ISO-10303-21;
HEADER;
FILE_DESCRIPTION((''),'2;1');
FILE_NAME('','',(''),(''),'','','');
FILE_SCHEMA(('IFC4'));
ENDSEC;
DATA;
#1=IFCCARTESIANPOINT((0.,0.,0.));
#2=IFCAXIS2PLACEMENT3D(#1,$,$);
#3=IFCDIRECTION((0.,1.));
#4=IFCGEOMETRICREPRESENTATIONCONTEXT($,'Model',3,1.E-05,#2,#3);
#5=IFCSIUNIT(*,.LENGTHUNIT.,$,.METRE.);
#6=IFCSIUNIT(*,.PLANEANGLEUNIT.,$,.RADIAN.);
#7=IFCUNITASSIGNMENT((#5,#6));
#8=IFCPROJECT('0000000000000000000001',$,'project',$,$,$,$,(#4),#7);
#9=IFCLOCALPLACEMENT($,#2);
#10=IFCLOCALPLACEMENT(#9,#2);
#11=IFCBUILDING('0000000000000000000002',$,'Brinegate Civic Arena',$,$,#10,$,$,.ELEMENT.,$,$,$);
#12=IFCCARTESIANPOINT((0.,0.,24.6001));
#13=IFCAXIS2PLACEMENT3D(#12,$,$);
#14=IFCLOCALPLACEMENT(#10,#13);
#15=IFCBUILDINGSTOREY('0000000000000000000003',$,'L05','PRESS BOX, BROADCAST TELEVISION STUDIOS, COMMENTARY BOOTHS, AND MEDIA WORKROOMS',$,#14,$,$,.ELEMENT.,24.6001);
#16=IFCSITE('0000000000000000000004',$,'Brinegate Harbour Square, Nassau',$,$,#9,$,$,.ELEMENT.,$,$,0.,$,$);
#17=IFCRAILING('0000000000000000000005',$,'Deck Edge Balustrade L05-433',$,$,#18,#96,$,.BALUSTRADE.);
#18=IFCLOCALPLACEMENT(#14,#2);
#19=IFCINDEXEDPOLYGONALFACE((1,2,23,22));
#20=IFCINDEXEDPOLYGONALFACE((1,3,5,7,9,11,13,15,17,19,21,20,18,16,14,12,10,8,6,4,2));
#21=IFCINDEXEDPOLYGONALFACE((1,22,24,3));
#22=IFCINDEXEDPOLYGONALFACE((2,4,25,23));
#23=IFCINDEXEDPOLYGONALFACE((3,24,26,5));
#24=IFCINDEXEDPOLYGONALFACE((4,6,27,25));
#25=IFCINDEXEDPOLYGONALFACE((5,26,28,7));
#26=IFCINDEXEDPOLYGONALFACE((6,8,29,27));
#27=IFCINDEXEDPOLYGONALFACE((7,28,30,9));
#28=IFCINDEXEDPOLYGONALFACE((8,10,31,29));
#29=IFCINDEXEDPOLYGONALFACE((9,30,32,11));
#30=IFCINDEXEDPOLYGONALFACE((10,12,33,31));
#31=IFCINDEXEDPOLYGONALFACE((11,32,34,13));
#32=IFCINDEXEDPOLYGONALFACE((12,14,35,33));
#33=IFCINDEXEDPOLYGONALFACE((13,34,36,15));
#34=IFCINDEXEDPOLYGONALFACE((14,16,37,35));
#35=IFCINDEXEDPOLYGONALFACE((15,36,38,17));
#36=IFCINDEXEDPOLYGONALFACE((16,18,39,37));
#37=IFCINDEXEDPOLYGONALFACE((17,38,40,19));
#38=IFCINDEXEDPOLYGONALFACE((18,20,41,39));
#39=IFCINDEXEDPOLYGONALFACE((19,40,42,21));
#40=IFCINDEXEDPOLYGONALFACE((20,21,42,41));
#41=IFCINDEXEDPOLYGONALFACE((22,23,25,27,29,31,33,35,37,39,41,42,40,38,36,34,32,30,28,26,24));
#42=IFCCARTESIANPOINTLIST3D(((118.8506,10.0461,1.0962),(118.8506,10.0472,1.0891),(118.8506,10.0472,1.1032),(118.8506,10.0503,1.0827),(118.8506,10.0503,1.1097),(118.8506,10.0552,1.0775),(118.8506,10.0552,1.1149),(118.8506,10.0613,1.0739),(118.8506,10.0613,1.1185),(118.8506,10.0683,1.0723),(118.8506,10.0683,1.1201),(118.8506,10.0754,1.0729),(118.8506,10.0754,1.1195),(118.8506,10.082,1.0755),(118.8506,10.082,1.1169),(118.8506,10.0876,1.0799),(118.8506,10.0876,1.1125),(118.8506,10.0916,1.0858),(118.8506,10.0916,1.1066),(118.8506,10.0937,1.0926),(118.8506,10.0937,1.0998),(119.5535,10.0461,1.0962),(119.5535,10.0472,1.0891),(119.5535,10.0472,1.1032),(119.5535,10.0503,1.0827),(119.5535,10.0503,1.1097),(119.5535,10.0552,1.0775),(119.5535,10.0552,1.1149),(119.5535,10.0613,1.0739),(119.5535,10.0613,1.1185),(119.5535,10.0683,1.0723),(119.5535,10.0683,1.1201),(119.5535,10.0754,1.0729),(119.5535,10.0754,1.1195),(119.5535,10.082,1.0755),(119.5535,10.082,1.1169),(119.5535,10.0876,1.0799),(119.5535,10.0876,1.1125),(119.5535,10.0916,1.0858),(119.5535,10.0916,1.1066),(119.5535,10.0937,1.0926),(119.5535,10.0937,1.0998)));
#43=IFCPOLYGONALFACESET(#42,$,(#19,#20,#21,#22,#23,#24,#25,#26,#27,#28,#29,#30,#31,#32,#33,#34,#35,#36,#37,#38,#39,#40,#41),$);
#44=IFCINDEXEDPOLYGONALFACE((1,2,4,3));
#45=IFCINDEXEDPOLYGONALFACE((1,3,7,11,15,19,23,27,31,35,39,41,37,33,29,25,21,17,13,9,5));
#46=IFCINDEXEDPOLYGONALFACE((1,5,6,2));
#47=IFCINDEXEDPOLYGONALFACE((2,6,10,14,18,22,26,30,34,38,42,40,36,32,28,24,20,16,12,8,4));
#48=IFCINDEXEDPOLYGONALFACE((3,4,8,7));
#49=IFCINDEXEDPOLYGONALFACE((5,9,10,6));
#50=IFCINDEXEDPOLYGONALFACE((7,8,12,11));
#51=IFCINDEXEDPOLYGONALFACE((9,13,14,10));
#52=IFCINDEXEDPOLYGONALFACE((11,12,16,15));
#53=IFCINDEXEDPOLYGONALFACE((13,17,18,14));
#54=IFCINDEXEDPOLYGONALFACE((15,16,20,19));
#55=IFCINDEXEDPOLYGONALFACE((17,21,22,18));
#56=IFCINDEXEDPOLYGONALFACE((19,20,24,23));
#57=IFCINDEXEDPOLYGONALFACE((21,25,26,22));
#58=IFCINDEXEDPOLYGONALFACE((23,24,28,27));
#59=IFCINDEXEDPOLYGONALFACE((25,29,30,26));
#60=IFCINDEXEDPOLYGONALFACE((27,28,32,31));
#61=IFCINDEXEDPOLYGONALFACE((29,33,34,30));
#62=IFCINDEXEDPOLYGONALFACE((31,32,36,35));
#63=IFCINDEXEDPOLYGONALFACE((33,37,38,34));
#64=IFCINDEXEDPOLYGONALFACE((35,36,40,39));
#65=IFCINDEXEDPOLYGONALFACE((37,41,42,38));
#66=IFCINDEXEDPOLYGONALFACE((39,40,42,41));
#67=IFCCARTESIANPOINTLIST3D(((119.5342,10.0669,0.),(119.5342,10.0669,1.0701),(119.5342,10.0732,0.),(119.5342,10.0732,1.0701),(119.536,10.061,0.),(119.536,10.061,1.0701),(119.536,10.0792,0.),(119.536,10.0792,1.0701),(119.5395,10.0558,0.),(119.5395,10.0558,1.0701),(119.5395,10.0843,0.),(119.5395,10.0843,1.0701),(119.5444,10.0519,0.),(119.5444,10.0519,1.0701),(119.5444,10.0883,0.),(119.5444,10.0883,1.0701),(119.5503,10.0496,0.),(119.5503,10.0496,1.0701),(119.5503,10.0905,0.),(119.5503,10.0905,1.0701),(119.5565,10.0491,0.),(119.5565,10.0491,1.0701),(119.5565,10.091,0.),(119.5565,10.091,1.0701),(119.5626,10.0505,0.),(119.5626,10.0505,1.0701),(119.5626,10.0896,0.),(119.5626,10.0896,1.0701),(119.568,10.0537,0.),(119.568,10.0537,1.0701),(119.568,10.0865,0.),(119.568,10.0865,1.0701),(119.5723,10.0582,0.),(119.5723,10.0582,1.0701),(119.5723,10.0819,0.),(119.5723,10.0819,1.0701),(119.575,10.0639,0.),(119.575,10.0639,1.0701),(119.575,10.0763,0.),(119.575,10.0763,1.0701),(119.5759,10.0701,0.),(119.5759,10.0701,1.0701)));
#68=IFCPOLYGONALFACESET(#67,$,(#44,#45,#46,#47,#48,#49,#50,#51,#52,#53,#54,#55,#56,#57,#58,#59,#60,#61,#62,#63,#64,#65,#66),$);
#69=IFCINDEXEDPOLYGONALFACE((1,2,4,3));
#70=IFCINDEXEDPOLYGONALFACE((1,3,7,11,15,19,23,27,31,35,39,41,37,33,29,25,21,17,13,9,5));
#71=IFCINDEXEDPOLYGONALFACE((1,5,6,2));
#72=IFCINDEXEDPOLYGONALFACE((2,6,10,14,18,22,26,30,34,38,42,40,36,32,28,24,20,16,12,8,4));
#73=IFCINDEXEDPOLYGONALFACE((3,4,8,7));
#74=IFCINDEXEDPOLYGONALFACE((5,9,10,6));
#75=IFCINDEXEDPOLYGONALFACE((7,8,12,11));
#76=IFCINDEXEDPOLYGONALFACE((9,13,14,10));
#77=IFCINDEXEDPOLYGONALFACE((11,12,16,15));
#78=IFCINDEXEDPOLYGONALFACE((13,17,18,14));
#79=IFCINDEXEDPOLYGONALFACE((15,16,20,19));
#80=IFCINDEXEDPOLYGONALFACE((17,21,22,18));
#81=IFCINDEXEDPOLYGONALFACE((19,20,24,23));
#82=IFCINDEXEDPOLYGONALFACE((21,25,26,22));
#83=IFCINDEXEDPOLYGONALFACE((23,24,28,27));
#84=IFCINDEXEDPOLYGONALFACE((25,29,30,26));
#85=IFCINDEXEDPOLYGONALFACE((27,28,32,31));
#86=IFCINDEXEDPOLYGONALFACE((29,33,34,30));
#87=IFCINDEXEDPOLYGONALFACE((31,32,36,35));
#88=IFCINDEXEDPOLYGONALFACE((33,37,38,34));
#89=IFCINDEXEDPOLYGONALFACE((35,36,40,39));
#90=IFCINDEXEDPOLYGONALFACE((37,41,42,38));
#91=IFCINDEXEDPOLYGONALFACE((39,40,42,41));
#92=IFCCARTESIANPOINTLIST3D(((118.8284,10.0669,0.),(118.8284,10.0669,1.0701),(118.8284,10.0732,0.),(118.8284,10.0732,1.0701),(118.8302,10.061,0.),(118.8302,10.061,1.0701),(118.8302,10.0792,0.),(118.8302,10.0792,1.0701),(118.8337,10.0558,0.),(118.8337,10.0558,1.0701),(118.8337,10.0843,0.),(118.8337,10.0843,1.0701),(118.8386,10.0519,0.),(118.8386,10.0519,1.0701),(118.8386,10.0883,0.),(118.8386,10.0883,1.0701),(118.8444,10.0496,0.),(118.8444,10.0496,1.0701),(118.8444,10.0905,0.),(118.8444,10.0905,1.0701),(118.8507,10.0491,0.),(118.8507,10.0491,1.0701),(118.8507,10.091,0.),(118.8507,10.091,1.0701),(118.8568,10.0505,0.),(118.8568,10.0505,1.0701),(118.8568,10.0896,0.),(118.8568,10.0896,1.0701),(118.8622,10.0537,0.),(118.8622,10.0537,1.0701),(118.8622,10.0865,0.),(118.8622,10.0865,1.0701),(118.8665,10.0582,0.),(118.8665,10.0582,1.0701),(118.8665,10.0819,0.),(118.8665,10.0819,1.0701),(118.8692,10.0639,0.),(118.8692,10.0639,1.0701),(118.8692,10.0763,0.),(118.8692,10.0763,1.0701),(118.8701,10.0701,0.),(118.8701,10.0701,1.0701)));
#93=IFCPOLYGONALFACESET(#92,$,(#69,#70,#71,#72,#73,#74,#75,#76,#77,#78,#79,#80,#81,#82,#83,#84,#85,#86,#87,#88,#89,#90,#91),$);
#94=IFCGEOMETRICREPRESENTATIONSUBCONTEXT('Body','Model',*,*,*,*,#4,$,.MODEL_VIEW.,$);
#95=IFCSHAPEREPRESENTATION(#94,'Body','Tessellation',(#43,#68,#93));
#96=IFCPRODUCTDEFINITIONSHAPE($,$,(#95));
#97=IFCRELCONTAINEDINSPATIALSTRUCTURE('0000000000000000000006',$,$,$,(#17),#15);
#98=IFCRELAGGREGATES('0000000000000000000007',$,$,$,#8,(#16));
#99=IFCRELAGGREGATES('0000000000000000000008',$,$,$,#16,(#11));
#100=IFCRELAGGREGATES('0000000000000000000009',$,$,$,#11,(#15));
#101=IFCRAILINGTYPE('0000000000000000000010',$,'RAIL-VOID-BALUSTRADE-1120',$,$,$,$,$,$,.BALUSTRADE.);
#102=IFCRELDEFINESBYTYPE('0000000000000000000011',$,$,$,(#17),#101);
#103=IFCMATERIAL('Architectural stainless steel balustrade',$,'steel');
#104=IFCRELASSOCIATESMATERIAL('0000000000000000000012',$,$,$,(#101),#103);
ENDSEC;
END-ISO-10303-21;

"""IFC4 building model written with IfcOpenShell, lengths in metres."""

from ifc_helpers import new_model, si_unit, direction, frame, origin, origin_2d, place, context, subcontext, project, spatial, circle, extrude, material, type_object, element, save


model = new_model("IFC4")

# Units and contexts
model_context = context("Model", 3, precision=1e-05, world=origin(), true_north=direction((0.0, 1.0)))
body_context = subcontext(model_context, "Body", "Model", "MODEL_VIEW")
ifc_project = project(units=[si_unit("LENGTHUNIT", "METRE"), si_unit("PLANEANGLEUNIT", "RADIAN")], contexts=[model_context])

# Site, building, storey
site_placement = place(None, origin())
site = spatial("IfcSite", under=ifc_project, at=site_placement, Name="Brinegate Harbour Square, Nassau", CompositionType="ELEMENT", RefElevation=0.0)
building_placement = place(site_placement, origin())
building = spatial("IfcBuilding", under=site, at=building_placement, Name="Brinegate Civic Arena", CompositionType="ELEMENT")
storey_placement = place(building_placement, frame((0.0, 0.0, 24.6001)))
storey = spatial("IfcBuildingStorey", under=building, at=storey_placement, Name="L05", Description="PRESS BOX, BROADCAST TELEVISION STUDIOS, COMMENTARY BOOTHS, AND MEDIA WORKROOMS", CompositionType="ELEMENT", Elevation=24.6001)

# Railing
ifc_material_1 = material(Name="Architectural stainless steel balustrade", Category="steel")
railing_type = type_object("IfcRailingType", Name="RAIL-VOID-BALUSTRADE-1120", PredefinedType="BALUSTRADE", material=ifc_material_1)
railing_placement = place(storey_placement, frame((119.5549, 10.0701, 0.0)))
element("IfcRailing", 1, at=railing_placement, inside=storey, type_object=railing_type, Name="Deck Edge Balustrade L05-433", PredefinedType="BALUSTRADE", context=body_context, shape_type="SweptSolid", body=[
    extrude(circle(Radius=0.0239, at=origin_2d()), frame((-0.0015, 0.0, 1.0962), z_axis=(-1.0, 0.0, 0.0), x_axis=(0.0, -1.0, 0.0)), (0.0, 0.0, 1.0), 0.7029),
    extrude(circle(Radius=0.021, at=origin_2d()), origin(), (0.0, 0.0, 1.0), 1.0701),
    extrude(circle(Radius=0.021, at=origin_2d()), frame((-0.7058, 0.0, 0.0)), (0.0, 0.0, 1.0), 1.0701),
])

save(model, "model.ifc")
